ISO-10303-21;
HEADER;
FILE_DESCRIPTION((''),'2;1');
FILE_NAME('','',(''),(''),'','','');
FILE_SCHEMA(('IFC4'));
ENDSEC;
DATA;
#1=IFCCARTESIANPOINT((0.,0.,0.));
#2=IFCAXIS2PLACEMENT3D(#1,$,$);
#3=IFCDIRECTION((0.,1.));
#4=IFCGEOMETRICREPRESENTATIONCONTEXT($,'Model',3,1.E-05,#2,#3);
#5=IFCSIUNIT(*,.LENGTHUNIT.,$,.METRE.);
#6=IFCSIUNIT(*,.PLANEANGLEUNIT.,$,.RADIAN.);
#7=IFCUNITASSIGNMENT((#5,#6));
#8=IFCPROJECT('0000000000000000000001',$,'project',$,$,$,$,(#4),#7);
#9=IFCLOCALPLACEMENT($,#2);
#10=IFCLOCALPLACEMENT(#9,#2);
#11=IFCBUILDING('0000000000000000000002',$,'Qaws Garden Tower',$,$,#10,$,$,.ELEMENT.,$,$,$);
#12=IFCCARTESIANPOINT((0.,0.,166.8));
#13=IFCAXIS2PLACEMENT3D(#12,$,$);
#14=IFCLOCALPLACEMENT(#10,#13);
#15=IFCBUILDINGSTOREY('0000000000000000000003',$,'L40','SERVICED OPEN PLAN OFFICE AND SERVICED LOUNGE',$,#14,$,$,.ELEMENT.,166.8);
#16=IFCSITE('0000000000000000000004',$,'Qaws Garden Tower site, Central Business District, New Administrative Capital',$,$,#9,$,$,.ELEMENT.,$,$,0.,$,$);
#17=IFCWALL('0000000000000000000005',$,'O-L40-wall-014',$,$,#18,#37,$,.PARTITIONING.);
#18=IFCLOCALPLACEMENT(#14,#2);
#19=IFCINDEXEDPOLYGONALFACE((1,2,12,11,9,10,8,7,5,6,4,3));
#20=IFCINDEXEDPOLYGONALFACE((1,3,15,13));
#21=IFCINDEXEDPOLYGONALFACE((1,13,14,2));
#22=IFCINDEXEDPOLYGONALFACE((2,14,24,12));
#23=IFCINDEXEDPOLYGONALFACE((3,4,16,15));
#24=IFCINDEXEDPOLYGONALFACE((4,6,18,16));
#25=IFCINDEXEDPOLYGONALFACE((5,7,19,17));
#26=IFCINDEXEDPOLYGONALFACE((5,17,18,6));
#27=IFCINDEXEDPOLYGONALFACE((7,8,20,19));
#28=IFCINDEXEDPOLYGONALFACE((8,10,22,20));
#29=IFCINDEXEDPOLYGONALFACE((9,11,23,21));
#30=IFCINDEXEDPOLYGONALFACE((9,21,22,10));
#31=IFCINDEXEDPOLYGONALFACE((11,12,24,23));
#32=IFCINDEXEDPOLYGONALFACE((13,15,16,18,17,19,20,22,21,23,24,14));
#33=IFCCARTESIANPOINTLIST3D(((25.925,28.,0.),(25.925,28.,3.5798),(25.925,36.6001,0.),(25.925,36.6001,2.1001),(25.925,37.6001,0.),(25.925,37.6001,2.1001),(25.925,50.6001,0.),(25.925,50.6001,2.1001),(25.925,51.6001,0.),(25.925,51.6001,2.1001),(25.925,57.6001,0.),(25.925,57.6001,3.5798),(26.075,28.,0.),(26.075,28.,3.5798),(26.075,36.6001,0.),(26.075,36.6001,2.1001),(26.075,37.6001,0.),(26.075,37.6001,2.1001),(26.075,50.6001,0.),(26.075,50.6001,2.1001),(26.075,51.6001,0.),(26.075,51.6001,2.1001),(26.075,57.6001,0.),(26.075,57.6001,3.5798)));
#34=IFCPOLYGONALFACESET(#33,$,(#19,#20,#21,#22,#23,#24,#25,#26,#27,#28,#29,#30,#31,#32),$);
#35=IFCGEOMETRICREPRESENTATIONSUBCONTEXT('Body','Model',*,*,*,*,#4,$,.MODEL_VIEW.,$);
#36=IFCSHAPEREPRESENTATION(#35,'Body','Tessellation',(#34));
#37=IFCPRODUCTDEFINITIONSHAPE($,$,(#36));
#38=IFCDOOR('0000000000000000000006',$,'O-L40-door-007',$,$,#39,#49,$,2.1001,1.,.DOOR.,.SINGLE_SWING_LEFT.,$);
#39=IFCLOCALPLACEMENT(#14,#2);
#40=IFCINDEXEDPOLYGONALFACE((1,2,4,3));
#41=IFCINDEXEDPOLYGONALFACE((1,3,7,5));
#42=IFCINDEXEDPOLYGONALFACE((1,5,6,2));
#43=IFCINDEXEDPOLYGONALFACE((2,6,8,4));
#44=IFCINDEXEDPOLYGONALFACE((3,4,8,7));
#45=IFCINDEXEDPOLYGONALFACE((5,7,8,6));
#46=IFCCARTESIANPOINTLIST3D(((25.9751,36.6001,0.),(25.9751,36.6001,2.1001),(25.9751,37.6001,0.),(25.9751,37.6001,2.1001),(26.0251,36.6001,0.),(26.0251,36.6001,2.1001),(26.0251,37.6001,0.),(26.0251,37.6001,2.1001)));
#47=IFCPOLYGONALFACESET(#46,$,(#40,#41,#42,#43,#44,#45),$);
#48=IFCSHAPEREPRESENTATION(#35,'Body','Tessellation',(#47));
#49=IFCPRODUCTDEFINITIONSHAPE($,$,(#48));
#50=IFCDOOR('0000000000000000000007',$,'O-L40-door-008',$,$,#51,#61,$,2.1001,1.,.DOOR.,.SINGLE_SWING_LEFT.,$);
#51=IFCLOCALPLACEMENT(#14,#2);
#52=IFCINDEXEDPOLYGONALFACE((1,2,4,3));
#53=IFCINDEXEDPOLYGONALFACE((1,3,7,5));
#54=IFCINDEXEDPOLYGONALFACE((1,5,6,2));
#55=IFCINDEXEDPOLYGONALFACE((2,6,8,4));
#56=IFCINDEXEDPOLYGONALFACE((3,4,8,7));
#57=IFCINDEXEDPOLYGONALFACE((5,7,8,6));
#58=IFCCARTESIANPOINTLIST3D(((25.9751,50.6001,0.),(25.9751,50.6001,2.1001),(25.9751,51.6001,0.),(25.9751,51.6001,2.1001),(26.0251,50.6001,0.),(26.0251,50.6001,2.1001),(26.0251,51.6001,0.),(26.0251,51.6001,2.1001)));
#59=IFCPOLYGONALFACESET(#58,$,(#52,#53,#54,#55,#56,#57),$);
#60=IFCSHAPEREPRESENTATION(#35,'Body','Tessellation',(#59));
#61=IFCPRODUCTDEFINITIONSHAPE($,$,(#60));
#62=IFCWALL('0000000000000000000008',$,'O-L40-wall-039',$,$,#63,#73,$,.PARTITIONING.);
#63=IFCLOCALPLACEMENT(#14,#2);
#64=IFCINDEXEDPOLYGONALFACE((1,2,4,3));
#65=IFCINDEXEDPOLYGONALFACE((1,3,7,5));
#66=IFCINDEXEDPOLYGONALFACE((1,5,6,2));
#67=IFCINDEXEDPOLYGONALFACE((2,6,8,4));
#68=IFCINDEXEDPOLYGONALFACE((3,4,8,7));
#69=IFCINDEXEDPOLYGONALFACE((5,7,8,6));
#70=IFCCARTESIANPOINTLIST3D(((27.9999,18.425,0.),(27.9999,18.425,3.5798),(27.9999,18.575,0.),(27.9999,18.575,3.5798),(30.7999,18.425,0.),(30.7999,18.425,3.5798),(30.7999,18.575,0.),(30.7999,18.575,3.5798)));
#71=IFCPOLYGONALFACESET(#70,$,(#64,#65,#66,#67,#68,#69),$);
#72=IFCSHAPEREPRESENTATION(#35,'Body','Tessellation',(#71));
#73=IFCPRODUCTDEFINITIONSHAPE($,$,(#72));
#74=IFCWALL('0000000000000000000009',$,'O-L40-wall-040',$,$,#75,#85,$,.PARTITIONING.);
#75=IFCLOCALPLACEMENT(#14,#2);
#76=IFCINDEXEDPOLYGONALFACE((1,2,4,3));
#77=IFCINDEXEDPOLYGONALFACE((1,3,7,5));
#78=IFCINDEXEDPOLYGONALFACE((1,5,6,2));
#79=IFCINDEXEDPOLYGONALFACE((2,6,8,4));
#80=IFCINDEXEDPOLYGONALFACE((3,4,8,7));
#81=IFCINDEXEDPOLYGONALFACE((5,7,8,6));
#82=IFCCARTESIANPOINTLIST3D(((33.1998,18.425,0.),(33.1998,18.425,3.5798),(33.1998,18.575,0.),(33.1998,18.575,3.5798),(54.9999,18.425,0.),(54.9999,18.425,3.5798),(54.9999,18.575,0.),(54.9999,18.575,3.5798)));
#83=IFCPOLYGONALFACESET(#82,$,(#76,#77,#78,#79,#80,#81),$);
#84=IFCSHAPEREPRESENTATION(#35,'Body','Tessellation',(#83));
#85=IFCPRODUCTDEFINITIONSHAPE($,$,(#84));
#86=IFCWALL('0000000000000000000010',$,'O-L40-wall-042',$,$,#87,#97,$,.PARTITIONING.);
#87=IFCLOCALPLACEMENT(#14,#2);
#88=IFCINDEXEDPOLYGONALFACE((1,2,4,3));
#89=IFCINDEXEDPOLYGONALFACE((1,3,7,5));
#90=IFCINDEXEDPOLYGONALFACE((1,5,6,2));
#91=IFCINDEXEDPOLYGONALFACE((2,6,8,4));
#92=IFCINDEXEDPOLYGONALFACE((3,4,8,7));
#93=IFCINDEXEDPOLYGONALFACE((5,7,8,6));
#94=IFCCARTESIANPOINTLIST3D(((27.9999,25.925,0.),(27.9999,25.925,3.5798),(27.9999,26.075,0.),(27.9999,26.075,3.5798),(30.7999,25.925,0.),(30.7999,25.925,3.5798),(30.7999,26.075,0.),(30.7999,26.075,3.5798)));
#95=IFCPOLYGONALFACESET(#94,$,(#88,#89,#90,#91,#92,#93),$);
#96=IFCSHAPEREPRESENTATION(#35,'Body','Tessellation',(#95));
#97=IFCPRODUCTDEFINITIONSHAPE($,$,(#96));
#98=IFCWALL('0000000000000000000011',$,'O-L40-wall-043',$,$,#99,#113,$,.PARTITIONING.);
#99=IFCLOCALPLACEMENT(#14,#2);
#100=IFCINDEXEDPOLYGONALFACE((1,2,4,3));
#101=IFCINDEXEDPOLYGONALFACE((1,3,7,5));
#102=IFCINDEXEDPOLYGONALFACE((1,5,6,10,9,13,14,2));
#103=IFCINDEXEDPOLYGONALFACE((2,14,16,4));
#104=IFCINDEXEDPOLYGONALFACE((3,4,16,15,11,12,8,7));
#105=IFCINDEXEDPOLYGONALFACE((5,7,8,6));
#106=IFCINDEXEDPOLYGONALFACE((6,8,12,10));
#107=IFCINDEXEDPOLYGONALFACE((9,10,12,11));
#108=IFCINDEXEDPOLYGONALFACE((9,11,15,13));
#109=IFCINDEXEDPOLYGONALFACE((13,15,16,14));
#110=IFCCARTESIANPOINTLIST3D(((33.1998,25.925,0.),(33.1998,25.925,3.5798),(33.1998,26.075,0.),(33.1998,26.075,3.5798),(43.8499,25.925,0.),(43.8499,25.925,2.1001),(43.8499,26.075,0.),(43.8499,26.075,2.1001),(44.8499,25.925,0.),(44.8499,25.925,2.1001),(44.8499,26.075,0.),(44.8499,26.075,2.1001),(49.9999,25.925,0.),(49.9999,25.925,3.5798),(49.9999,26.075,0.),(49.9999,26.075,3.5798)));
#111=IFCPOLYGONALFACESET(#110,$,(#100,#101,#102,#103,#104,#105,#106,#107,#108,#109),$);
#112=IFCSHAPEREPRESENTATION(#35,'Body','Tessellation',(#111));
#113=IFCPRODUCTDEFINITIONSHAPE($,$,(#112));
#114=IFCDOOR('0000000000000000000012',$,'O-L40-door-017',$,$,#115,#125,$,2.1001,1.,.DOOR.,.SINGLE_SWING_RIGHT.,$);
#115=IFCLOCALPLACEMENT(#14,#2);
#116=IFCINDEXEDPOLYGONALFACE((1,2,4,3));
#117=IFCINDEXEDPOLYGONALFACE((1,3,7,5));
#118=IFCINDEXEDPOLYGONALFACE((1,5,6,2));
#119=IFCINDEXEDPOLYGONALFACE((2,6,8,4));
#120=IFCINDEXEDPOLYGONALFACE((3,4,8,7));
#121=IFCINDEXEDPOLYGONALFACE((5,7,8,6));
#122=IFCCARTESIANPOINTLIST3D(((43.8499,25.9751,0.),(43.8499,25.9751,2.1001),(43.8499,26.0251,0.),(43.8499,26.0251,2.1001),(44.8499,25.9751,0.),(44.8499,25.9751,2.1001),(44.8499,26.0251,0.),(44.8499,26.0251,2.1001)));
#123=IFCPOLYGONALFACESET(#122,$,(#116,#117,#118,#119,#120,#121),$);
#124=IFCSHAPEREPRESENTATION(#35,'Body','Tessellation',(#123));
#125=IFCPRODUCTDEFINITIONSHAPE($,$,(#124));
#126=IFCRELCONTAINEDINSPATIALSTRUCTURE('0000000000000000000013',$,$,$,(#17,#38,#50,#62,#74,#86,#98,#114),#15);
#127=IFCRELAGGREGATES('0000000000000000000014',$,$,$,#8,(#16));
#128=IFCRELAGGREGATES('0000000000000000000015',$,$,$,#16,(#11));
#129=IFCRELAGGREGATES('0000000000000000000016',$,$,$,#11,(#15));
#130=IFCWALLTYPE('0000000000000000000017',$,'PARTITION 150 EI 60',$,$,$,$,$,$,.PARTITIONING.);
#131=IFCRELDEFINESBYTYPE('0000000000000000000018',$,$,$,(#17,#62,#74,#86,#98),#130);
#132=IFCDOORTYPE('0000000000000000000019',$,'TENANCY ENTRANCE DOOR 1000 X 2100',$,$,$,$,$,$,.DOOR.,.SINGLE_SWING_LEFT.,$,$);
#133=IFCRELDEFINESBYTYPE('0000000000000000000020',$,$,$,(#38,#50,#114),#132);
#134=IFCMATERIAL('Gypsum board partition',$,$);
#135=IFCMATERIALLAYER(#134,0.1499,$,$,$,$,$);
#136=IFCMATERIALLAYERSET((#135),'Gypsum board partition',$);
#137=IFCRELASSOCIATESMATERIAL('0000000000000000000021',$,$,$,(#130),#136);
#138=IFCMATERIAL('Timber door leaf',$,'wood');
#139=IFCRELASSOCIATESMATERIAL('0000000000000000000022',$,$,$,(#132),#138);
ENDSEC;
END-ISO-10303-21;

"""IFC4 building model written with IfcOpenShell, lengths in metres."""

from ifc_helpers import new_model, si_unit, direction, frame, frame_2d, origin, place, context, subcontext, project, spatial, rectangle, extrude, material, layer, layer_set, type_object, element, fill, save


model = new_model("IFC4")

# Units and contexts
model_context = context("Model", 3, precision=1e-05, world=origin(), true_north=direction((0.0, 1.0)))
body_context = subcontext(model_context, "Body", "Model", "MODEL_VIEW")
ifc_project = project(units=[si_unit("LENGTHUNIT", "METRE"), si_unit("PLANEANGLEUNIT", "RADIAN")], contexts=[model_context])

# Site, building, storey
site_placement = place(None, origin())
site = spatial("IfcSite", under=ifc_project, at=site_placement, Name="Qaws Garden Tower site, Central Business District, New Administrative Capital", CompositionType="ELEMENT", RefElevation=0.0)
building_placement = place(site_placement, origin())
building = spatial("IfcBuilding", under=site, at=building_placement, Name="Qaws Garden Tower", CompositionType="ELEMENT")
storey_placement = place(building_placement, frame((0.0, 0.0, 166.8)))
storey = spatial("IfcBuildingStorey", under=building, at=storey_placement, Name="L40", Description="SERVICED OPEN PLAN OFFICE AND SERVICED LOUNGE", CompositionType="ELEMENT", Elevation=166.8)

# Shared definitions
ifc_material_1 = material(Name="Gypsum board partition")
ifc_layer_1 = layer(ifc_material_1, 0.1499)
ifc_layer_set_1 = layer_set([ifc_layer_1], Name="Gypsum board partition")
wall_type_1 = type_object("IfcWallType", Name="PARTITION 150 EI 60", PredefinedType="PARTITIONING", material=ifc_layer_set_1)

# Wall, openings, doors
wall_1_placement = place(storey_placement, frame((26.0, 28.0, 0.0), z_axis=(0.0, 0.0, 1.0), x_axis=(0.0, 1.0, 0.0)))
wall_1 = element("IfcWall", 1, at=wall_1_placement, inside=storey, type_object=wall_type_1, Name="O-L40-wall-014", PredefinedType="PARTITIONING", context=body_context, shape_type="SweptSolid", body=[
    extrude(rectangle(XDim=29.6001, YDim=0.1499, at=frame_2d((14.8, 0.0))), origin(), (0.0, 0.0, 1.0), 3.5798),
])
opening_1_placement = place(wall_1_placement, frame((8.6001, 0.0, 0.0)))
opening_1 = element("IfcOpeningElement", 2, at=opening_1_placement, cuts=wall_1, PredefinedType="OPENING", context=body_context, shape_type="SweptSolid", body=[
    extrude(rectangle(XDim=1.0, YDim=2.1001, at=frame_2d((0.5, 1.05))), frame((0.0, 0.085, 0.0), z_axis=(0.0, -1.0, 0.0), x_axis=(1.0, 0.0, 0.0)), (0.0, 0.0, 1.0), 0.1699),
])
opening_2_placement = place(wall_1_placement, frame((22.6001, 0.0, 0.0)))
opening_2 = element("IfcOpeningElement", 3, at=opening_2_placement, cuts=wall_1, PredefinedType="OPENING", context=body_context, shape_type="SweptSolid", body=[
    extrude(rectangle(XDim=1.0, YDim=2.1001, at=frame_2d((0.5, 1.05))), frame((0.0, 0.085, 0.0), z_axis=(0.0, -1.0, 0.0), x_axis=(1.0, 0.0, 0.0)), (0.0, 0.0, 1.0), 0.1699),
])
ifc_material_2 = material(Name="Timber door leaf", Category="wood")
door_type_1 = type_object("IfcDoorType", Name="TENANCY ENTRANCE DOOR 1000 X 2100", OperationType="SINGLE_SWING_LEFT", PredefinedType="DOOR", material=ifc_material_2)
door_1_placement = place(opening_1_placement, origin())
door_1 = element("IfcDoor", 4, at=door_1_placement, inside=storey, type_object=door_type_1, Name="O-L40-door-007", OperationType="SINGLE_SWING_LEFT", OverallHeight=2.1001, OverallWidth=1.0, PredefinedType="DOOR", context=body_context, shape_type="SweptSolid", body=[
    extrude(rectangle(XDim=1.0, YDim=2.1001, at=frame_2d((0.5, 1.05))), frame((0.0, 0.0249, 0.0), z_axis=(0.0, -1.0, 0.0), x_axis=(1.0, 0.0, 0.0)), (0.0, 0.0, 1.0), 0.05),
])
fill(opening_1, door_1)
door_2_placement = place(opening_2_placement, origin())
door_2 = element("IfcDoor", 5, at=door_2_placement, inside=storey, type_object=door_type_1, Name="O-L40-door-008", OperationType="SINGLE_SWING_LEFT", OverallHeight=2.1001, OverallWidth=1.0, PredefinedType="DOOR", context=body_context, shape_type="SweptSolid", body=[
    extrude(rectangle(XDim=1.0, YDim=2.1001, at=frame_2d((0.5, 1.05))), frame((0.0, 0.0249, 0.0), z_axis=(0.0, -1.0, 0.0), x_axis=(1.0, 0.0, 0.0)), (0.0, 0.0, 1.0), 0.05),
])
fill(opening_2, door_2)

# Walls
wall_2_placement = place(storey_placement, frame((28.0, 18.5, 0.0), z_axis=(0.0, 0.0, 1.0), x_axis=(1.0, 0.0, 0.0)))
element("IfcWall", 6, at=wall_2_placement, inside=storey, type_object=wall_type_1, Name="O-L40-wall-039", PredefinedType="PARTITIONING", context=body_context, shape_type="SweptSolid", body=[
    extrude(rectangle(XDim=2.8, YDim=0.1499, at=frame_2d((1.3999, 0.0))), origin(), (0.0, 0.0, 1.0), 3.5798),
])
wall_3_placement = place(storey_placement, frame((33.2, 18.5, 0.0), z_axis=(0.0, 0.0, 1.0), x_axis=(1.0, 0.0, 0.0)))
element("IfcWall", 7, at=wall_3_placement, inside=storey, type_object=wall_type_1, Name="O-L40-wall-040", PredefinedType="PARTITIONING", context=body_context, shape_type="SweptSolid", body=[
    extrude(rectangle(XDim=21.8, YDim=0.1499, at=frame_2d((10.8999, 0.0))), origin(), (0.0, 0.0, 1.0), 3.5798),
])
wall_4_placement = place(storey_placement, frame((28.0, 26.0, 0.0), z_axis=(0.0, 0.0, 1.0), x_axis=(1.0, 0.0, 0.0)))
element("IfcWall", 8, at=wall_4_placement, inside=storey, type_object=wall_type_1, Name="O-L40-wall-042", PredefinedType="PARTITIONING", context=body_context, shape_type="SweptSolid", body=[
    extrude(rectangle(XDim=2.8, YDim=0.1499, at=frame_2d((1.3999, 0.0))), origin(), (0.0, 0.0, 1.0), 3.5798),
])

# Wall, opening, door
wall_5_placement = place(storey_placement, frame((33.2, 26.0, 0.0), z_axis=(0.0, 0.0, 1.0), x_axis=(1.0, 0.0, 0.0)))
wall_5 = element("IfcWall", 9, at=wall_5_placement, inside=storey, type_object=wall_type_1, Name="O-L40-wall-043", PredefinedType="PARTITIONING", context=body_context, shape_type="SweptSolid", body=[
    extrude(rectangle(XDim=16.8, YDim=0.1499, at=frame_2d((8.3999, 0.0))), origin(), (0.0, 0.0, 1.0), 3.5798),
])
opening_3_placement = place(wall_5_placement, frame((10.6499, 0.0, 0.0)))
opening_3 = element("IfcOpeningElement", 10, at=opening_3_placement, cuts=wall_5, PredefinedType="OPENING", context=body_context, shape_type="SweptSolid", body=[
    extrude(rectangle(XDim=1.0, YDim=2.1001, at=frame_2d((0.5, 1.05))), frame((0.0, 0.085, 0.0), z_axis=(0.0, -1.0, 0.0), x_axis=(1.0, 0.0, 0.0)), (0.0, 0.0, 1.0), 0.1699),
])
door_3_placement = place(opening_3_placement, frame((1.0, 0.0, 0.0), z_axis=(0.0, 0.0, 1.0), x_axis=(-1.0, 0.0, 0.0)))
door_3 = element("IfcDoor", 11, at=door_3_placement, inside=storey, type_object=door_type_1, Name="O-L40-door-017", OperationType="SINGLE_SWING_RIGHT", OverallHeight=2.1001, OverallWidth=1.0, PredefinedType="DOOR", context=body_context, shape_type="SweptSolid", body=[
    extrude(rectangle(XDim=1.0, YDim=2.1001, at=frame_2d((0.5, 1.05))), frame((0.0, 0.0249, 0.0), z_axis=(0.0, -1.0, 0.0), x_axis=(1.0, 0.0, 0.0)), (0.0, 0.0, 1.0), 0.05),
])
fill(opening_3, door_3)

save(model, "model.ifc")
